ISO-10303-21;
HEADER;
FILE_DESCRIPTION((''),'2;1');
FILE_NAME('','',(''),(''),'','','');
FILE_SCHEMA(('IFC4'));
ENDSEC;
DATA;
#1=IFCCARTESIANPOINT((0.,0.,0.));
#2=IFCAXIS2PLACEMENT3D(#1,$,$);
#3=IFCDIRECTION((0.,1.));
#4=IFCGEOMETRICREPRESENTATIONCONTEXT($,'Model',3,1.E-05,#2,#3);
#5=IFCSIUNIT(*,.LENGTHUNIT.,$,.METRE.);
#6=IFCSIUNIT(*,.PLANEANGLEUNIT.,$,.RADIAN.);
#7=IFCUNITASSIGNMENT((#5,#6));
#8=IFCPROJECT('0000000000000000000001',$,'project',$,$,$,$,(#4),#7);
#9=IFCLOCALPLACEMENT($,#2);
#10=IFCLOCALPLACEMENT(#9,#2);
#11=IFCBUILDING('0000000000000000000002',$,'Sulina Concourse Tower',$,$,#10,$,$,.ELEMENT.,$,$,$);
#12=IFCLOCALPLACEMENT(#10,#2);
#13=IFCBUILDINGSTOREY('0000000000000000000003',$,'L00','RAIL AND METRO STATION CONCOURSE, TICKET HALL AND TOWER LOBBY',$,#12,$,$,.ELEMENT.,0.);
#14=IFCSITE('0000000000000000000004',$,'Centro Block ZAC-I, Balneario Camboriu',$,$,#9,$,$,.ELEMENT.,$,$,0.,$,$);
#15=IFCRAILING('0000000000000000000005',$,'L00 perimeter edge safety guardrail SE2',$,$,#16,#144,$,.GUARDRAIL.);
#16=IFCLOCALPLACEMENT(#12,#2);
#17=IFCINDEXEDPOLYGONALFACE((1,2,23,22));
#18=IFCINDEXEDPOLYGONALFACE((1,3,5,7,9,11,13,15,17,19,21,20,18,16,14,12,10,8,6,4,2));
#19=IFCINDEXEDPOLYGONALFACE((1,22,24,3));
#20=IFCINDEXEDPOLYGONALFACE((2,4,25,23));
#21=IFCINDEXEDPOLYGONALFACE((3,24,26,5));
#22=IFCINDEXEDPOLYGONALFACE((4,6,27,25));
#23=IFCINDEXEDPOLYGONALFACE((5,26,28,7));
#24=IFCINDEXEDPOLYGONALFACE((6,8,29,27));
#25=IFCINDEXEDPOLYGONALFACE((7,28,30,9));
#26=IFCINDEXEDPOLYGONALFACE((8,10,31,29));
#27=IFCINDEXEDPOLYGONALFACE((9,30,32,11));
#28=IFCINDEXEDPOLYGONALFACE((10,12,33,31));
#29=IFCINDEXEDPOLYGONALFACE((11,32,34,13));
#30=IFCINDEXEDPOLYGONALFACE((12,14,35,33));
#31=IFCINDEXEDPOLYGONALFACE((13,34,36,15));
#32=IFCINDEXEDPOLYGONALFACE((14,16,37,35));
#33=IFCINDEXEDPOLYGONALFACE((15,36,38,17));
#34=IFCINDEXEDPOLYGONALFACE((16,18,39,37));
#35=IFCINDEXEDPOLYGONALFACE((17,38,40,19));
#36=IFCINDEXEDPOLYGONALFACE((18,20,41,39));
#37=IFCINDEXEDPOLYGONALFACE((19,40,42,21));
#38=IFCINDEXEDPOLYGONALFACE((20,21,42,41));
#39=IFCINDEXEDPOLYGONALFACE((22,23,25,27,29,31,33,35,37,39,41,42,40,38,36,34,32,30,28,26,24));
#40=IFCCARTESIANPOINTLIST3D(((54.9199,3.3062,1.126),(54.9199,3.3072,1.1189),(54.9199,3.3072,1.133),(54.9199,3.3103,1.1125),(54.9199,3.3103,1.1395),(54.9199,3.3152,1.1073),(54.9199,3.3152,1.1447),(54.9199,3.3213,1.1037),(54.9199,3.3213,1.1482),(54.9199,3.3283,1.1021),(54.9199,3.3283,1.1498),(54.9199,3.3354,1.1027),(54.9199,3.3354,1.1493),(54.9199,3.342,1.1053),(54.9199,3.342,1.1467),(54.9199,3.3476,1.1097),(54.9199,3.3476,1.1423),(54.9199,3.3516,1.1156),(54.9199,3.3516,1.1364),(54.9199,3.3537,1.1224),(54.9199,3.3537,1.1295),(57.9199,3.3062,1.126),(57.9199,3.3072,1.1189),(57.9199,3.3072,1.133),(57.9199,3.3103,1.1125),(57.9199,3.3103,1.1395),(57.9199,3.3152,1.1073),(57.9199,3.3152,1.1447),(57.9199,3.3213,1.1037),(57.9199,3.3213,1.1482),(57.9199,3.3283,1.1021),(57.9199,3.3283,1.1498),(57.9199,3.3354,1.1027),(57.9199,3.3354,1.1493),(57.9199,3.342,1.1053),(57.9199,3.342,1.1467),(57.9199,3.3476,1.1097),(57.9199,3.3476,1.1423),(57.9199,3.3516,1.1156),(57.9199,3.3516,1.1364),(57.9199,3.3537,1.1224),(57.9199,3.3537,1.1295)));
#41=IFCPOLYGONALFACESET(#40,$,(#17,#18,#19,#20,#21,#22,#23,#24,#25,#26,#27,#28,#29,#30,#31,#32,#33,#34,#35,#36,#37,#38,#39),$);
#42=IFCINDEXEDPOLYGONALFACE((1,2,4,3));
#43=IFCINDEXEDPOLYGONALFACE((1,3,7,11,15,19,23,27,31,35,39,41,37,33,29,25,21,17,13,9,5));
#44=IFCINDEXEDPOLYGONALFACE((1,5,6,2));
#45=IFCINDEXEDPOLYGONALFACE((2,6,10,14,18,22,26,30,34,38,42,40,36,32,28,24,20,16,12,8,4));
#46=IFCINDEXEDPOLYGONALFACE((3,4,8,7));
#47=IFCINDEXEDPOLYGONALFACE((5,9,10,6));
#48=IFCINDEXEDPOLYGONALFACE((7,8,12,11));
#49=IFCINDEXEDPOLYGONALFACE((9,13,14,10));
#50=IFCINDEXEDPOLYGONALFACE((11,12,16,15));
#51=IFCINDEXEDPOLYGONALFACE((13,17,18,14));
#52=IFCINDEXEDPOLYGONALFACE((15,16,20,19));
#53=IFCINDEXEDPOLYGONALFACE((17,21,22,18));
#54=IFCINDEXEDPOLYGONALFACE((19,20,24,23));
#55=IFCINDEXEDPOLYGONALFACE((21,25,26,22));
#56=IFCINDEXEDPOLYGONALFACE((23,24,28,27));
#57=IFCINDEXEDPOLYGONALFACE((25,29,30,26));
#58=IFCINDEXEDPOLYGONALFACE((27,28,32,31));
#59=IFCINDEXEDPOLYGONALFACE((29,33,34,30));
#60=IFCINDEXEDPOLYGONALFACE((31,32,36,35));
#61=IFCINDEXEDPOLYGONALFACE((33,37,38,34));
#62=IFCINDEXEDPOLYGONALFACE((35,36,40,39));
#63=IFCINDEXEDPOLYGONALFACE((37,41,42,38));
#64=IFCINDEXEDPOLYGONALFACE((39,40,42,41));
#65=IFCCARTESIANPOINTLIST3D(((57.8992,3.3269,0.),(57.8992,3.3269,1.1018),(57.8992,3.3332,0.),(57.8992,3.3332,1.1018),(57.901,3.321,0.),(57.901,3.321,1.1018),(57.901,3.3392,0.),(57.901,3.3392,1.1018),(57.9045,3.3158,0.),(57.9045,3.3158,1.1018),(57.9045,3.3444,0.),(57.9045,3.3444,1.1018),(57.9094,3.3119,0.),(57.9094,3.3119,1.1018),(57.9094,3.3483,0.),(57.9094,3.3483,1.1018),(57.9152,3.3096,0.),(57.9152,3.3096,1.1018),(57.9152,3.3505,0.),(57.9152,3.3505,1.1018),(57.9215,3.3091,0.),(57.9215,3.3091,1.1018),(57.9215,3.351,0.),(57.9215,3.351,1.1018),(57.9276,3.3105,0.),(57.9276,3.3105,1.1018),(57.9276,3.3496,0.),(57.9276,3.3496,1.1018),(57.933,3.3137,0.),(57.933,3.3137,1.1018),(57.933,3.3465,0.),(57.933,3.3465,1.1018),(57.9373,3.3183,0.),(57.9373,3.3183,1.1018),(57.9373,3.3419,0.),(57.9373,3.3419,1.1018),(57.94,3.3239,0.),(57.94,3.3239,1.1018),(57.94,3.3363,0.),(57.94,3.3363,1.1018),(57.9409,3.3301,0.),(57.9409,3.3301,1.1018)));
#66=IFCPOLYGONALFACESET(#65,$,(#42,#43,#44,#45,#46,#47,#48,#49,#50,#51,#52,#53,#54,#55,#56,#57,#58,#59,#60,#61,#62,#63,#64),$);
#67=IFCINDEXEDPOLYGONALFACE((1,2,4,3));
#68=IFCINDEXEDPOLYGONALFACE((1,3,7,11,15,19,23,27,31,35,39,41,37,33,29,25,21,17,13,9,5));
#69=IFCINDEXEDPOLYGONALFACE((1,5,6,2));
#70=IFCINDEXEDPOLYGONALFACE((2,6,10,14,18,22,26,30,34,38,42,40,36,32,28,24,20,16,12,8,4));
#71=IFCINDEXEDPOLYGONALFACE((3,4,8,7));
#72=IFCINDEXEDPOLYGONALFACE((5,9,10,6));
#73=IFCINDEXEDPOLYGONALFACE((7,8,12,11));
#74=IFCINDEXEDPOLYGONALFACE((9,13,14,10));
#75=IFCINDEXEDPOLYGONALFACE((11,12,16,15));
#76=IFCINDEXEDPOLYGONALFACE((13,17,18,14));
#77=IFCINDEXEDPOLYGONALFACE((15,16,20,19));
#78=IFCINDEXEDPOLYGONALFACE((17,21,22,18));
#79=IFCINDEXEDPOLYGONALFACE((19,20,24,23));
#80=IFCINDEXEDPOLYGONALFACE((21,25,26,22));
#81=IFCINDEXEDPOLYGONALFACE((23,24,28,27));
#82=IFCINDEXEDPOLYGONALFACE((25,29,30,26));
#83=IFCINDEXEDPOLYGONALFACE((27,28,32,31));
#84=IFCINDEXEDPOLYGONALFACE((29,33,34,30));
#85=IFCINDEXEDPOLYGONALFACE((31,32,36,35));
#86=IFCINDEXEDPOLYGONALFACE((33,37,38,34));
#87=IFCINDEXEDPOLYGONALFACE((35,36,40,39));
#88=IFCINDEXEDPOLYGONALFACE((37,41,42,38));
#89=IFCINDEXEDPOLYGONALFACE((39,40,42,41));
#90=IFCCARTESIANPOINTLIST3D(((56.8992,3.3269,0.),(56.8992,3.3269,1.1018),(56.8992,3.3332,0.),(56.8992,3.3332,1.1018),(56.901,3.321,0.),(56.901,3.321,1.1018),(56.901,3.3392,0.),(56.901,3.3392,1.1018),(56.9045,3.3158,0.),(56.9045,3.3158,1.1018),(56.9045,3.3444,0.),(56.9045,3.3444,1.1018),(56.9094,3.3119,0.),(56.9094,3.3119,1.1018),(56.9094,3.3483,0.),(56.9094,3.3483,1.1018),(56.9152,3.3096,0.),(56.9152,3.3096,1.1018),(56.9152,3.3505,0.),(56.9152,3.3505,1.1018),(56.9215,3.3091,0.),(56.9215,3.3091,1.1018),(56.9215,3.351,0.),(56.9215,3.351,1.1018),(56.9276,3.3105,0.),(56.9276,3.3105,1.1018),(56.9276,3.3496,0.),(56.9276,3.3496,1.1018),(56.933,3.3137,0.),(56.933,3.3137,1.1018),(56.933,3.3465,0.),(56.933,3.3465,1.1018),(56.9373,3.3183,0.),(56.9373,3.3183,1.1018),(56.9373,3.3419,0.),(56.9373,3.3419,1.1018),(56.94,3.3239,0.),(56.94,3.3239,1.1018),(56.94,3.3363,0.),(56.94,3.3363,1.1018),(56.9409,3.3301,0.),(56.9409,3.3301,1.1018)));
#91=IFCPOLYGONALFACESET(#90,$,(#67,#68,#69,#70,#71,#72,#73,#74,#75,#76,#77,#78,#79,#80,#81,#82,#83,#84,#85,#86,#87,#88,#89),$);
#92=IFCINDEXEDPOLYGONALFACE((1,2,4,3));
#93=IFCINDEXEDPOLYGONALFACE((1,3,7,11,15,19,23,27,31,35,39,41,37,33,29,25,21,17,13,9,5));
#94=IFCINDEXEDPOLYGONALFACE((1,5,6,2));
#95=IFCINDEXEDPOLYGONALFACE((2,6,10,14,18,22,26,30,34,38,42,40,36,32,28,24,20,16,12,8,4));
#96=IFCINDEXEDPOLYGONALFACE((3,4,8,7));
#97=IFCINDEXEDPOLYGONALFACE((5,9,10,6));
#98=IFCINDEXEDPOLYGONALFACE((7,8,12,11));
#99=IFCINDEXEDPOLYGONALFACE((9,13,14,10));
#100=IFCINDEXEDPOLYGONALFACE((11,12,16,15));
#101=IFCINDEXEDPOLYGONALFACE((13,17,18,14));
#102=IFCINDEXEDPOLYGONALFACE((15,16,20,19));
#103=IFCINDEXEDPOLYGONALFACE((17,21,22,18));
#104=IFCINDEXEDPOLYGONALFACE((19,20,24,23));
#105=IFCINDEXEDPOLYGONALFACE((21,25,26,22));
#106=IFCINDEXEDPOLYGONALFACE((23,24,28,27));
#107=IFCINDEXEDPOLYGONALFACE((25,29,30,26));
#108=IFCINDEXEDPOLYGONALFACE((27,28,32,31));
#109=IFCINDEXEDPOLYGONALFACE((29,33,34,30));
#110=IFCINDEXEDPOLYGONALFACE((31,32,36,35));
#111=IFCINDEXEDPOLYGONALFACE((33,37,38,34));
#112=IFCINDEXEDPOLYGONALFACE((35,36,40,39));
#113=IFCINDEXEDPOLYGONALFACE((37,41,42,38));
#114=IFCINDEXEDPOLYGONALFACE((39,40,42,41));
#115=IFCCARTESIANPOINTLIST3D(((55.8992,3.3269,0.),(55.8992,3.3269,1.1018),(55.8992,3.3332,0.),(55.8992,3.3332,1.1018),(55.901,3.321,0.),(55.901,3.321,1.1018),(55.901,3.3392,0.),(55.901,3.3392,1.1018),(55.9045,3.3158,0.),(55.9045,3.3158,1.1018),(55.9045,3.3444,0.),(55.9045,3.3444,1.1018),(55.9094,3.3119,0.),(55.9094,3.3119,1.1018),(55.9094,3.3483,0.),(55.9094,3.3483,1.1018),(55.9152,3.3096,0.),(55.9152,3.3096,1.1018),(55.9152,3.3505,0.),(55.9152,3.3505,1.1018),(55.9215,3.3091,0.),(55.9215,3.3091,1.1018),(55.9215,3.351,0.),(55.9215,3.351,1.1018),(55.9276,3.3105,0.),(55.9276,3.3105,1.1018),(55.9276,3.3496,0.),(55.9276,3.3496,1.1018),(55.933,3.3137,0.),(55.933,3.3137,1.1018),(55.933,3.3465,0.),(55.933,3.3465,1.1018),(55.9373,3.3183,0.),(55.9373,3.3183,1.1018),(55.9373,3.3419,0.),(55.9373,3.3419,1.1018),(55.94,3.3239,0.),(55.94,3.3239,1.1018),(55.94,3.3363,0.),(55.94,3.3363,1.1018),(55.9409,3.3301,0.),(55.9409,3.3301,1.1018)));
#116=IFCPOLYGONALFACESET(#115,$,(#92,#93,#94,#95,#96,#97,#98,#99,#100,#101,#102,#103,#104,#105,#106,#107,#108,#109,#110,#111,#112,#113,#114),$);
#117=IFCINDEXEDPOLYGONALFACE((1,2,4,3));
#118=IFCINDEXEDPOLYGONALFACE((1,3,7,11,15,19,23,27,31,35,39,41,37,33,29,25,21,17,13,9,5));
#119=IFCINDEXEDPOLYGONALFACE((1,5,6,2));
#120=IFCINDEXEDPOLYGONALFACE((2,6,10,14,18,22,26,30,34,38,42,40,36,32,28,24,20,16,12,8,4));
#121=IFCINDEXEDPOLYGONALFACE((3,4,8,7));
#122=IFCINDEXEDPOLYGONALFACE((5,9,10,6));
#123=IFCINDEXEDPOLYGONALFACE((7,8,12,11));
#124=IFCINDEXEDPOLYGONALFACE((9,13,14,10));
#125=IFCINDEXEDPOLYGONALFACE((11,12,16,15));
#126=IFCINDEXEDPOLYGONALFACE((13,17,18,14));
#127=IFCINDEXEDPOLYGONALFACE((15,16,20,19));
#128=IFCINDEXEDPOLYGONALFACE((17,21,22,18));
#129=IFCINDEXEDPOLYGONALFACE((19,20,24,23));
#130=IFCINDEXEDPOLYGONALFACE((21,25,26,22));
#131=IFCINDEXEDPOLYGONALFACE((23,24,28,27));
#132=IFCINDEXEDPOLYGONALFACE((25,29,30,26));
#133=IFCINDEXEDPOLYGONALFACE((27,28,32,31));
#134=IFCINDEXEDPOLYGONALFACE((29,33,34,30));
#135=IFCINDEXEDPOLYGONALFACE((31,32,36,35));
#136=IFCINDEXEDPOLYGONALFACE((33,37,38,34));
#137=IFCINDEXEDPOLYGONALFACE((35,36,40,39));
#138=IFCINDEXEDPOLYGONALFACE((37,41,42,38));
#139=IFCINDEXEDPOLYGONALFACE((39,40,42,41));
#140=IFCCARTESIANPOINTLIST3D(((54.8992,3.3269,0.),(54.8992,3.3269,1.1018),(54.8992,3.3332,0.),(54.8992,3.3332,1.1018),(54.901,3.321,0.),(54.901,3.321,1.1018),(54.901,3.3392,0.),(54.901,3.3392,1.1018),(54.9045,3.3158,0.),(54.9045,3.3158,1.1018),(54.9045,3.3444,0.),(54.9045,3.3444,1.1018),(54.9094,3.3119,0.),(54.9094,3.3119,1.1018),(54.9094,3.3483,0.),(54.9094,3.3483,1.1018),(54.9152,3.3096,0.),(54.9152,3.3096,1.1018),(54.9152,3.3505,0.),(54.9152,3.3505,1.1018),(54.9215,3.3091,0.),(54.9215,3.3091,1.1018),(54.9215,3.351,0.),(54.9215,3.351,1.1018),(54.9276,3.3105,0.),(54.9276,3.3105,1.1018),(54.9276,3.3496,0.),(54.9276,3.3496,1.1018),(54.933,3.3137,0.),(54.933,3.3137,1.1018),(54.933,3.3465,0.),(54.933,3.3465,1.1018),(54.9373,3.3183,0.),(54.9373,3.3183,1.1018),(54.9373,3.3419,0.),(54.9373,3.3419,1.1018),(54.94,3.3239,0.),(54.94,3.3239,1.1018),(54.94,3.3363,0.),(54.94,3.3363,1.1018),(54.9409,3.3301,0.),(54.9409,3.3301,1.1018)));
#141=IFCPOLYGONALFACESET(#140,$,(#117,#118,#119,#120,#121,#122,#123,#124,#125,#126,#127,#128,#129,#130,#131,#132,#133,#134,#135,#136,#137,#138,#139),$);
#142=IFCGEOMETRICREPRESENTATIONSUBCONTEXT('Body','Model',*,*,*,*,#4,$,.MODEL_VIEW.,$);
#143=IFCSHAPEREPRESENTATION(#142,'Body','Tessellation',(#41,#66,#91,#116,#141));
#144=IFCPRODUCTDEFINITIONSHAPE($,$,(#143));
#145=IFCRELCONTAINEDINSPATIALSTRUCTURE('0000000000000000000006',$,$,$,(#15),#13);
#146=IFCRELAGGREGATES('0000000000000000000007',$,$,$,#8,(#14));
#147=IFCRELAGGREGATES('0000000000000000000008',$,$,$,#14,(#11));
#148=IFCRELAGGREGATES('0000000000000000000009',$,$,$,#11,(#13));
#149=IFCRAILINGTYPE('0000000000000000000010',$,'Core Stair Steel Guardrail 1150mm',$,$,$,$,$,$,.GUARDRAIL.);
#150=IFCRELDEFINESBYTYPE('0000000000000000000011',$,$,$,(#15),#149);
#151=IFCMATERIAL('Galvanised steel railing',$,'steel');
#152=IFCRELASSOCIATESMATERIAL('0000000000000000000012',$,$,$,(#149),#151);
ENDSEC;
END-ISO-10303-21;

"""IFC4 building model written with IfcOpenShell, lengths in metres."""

from ifc_helpers import new_model, si_unit, direction, frame, origin, origin_2d, place, context, subcontext, project, spatial, circle, extrude, material, type_object, element, save


model = new_model("IFC4")

# Units and contexts
model_context = context("Model", 3, precision=1e-05, world=origin(), true_north=direction((0.0, 1.0)))
body_context = subcontext(model_context, "Body", "Model", "MODEL_VIEW")
ifc_project = project(units=[si_unit("LENGTHUNIT", "METRE"), si_unit("PLANEANGLEUNIT", "RADIAN")], contexts=[model_context])

# Site, building, storey
site_placement = place(None, origin())
site = spatial("IfcSite", under=ifc_project, at=site_placement, Name="Centro Block ZAC-I, Balneario Camboriu", CompositionType="ELEMENT", RefElevation=0.0)
building_placement = place(site_placement, origin())
building = spatial("IfcBuilding", under=site, at=building_placement, Name="Sulina Concourse Tower", CompositionType="ELEMENT")
storey_placement = place(building_placement, origin())
storey = spatial("IfcBuildingStorey", under=building, at=storey_placement, Name="L00", Description="RAIL AND METRO STATION CONCOURSE, TICKET HALL AND TOWER LOBBY", CompositionType="ELEMENT", Elevation=0.0)

# Railing
ifc_material_1 = material(Name="Galvanised steel railing", Category="steel")
railing_type = type_object("IfcRailingType", Name="Core Stair Steel Guardrail 1150mm", PredefinedType="GUARDRAIL", material=ifc_material_1)
railing_1_placement = place(storey_placement, frame((57.9199, 3.3301, 0.0)))
element("IfcRailing", 1, at=railing_1_placement, inside=storey, type_object=railing_type, Name="L00 perimeter edge safety guardrail SE2", PredefinedType="GUARDRAIL", context=body_context, shape_type="SweptSolid", body=[
    extrude(circle(Radius=0.0239, at=origin_2d()), frame((0.0, 0.0, 1.126), z_axis=(-1.0, 0.0, 0.0), x_axis=(0.0, -1.0, 0.0)), (0.0, 0.0, 1.0), 3.0),
    extrude(circle(Radius=0.021, at=origin_2d()), origin(), (0.0, 0.0, 1.0), 1.1018),
    extrude(circle(Radius=0.021, at=origin_2d()), frame((-1.0, 0.0, 0.0)), (0.0, 0.0, 1.0), 1.1018),
    extrude(circle(Radius=0.021, at=origin_2d()), frame((-2.0, 0.0, 0.0)), (0.0, 0.0, 1.0), 1.1018),
    extrude(circle(Radius=0.021, at=origin_2d()), frame((-3.0, 0.0, 0.0)), (0.0, 0.0, 1.0), 1.1018),
])

save(model, "model.ifc")
